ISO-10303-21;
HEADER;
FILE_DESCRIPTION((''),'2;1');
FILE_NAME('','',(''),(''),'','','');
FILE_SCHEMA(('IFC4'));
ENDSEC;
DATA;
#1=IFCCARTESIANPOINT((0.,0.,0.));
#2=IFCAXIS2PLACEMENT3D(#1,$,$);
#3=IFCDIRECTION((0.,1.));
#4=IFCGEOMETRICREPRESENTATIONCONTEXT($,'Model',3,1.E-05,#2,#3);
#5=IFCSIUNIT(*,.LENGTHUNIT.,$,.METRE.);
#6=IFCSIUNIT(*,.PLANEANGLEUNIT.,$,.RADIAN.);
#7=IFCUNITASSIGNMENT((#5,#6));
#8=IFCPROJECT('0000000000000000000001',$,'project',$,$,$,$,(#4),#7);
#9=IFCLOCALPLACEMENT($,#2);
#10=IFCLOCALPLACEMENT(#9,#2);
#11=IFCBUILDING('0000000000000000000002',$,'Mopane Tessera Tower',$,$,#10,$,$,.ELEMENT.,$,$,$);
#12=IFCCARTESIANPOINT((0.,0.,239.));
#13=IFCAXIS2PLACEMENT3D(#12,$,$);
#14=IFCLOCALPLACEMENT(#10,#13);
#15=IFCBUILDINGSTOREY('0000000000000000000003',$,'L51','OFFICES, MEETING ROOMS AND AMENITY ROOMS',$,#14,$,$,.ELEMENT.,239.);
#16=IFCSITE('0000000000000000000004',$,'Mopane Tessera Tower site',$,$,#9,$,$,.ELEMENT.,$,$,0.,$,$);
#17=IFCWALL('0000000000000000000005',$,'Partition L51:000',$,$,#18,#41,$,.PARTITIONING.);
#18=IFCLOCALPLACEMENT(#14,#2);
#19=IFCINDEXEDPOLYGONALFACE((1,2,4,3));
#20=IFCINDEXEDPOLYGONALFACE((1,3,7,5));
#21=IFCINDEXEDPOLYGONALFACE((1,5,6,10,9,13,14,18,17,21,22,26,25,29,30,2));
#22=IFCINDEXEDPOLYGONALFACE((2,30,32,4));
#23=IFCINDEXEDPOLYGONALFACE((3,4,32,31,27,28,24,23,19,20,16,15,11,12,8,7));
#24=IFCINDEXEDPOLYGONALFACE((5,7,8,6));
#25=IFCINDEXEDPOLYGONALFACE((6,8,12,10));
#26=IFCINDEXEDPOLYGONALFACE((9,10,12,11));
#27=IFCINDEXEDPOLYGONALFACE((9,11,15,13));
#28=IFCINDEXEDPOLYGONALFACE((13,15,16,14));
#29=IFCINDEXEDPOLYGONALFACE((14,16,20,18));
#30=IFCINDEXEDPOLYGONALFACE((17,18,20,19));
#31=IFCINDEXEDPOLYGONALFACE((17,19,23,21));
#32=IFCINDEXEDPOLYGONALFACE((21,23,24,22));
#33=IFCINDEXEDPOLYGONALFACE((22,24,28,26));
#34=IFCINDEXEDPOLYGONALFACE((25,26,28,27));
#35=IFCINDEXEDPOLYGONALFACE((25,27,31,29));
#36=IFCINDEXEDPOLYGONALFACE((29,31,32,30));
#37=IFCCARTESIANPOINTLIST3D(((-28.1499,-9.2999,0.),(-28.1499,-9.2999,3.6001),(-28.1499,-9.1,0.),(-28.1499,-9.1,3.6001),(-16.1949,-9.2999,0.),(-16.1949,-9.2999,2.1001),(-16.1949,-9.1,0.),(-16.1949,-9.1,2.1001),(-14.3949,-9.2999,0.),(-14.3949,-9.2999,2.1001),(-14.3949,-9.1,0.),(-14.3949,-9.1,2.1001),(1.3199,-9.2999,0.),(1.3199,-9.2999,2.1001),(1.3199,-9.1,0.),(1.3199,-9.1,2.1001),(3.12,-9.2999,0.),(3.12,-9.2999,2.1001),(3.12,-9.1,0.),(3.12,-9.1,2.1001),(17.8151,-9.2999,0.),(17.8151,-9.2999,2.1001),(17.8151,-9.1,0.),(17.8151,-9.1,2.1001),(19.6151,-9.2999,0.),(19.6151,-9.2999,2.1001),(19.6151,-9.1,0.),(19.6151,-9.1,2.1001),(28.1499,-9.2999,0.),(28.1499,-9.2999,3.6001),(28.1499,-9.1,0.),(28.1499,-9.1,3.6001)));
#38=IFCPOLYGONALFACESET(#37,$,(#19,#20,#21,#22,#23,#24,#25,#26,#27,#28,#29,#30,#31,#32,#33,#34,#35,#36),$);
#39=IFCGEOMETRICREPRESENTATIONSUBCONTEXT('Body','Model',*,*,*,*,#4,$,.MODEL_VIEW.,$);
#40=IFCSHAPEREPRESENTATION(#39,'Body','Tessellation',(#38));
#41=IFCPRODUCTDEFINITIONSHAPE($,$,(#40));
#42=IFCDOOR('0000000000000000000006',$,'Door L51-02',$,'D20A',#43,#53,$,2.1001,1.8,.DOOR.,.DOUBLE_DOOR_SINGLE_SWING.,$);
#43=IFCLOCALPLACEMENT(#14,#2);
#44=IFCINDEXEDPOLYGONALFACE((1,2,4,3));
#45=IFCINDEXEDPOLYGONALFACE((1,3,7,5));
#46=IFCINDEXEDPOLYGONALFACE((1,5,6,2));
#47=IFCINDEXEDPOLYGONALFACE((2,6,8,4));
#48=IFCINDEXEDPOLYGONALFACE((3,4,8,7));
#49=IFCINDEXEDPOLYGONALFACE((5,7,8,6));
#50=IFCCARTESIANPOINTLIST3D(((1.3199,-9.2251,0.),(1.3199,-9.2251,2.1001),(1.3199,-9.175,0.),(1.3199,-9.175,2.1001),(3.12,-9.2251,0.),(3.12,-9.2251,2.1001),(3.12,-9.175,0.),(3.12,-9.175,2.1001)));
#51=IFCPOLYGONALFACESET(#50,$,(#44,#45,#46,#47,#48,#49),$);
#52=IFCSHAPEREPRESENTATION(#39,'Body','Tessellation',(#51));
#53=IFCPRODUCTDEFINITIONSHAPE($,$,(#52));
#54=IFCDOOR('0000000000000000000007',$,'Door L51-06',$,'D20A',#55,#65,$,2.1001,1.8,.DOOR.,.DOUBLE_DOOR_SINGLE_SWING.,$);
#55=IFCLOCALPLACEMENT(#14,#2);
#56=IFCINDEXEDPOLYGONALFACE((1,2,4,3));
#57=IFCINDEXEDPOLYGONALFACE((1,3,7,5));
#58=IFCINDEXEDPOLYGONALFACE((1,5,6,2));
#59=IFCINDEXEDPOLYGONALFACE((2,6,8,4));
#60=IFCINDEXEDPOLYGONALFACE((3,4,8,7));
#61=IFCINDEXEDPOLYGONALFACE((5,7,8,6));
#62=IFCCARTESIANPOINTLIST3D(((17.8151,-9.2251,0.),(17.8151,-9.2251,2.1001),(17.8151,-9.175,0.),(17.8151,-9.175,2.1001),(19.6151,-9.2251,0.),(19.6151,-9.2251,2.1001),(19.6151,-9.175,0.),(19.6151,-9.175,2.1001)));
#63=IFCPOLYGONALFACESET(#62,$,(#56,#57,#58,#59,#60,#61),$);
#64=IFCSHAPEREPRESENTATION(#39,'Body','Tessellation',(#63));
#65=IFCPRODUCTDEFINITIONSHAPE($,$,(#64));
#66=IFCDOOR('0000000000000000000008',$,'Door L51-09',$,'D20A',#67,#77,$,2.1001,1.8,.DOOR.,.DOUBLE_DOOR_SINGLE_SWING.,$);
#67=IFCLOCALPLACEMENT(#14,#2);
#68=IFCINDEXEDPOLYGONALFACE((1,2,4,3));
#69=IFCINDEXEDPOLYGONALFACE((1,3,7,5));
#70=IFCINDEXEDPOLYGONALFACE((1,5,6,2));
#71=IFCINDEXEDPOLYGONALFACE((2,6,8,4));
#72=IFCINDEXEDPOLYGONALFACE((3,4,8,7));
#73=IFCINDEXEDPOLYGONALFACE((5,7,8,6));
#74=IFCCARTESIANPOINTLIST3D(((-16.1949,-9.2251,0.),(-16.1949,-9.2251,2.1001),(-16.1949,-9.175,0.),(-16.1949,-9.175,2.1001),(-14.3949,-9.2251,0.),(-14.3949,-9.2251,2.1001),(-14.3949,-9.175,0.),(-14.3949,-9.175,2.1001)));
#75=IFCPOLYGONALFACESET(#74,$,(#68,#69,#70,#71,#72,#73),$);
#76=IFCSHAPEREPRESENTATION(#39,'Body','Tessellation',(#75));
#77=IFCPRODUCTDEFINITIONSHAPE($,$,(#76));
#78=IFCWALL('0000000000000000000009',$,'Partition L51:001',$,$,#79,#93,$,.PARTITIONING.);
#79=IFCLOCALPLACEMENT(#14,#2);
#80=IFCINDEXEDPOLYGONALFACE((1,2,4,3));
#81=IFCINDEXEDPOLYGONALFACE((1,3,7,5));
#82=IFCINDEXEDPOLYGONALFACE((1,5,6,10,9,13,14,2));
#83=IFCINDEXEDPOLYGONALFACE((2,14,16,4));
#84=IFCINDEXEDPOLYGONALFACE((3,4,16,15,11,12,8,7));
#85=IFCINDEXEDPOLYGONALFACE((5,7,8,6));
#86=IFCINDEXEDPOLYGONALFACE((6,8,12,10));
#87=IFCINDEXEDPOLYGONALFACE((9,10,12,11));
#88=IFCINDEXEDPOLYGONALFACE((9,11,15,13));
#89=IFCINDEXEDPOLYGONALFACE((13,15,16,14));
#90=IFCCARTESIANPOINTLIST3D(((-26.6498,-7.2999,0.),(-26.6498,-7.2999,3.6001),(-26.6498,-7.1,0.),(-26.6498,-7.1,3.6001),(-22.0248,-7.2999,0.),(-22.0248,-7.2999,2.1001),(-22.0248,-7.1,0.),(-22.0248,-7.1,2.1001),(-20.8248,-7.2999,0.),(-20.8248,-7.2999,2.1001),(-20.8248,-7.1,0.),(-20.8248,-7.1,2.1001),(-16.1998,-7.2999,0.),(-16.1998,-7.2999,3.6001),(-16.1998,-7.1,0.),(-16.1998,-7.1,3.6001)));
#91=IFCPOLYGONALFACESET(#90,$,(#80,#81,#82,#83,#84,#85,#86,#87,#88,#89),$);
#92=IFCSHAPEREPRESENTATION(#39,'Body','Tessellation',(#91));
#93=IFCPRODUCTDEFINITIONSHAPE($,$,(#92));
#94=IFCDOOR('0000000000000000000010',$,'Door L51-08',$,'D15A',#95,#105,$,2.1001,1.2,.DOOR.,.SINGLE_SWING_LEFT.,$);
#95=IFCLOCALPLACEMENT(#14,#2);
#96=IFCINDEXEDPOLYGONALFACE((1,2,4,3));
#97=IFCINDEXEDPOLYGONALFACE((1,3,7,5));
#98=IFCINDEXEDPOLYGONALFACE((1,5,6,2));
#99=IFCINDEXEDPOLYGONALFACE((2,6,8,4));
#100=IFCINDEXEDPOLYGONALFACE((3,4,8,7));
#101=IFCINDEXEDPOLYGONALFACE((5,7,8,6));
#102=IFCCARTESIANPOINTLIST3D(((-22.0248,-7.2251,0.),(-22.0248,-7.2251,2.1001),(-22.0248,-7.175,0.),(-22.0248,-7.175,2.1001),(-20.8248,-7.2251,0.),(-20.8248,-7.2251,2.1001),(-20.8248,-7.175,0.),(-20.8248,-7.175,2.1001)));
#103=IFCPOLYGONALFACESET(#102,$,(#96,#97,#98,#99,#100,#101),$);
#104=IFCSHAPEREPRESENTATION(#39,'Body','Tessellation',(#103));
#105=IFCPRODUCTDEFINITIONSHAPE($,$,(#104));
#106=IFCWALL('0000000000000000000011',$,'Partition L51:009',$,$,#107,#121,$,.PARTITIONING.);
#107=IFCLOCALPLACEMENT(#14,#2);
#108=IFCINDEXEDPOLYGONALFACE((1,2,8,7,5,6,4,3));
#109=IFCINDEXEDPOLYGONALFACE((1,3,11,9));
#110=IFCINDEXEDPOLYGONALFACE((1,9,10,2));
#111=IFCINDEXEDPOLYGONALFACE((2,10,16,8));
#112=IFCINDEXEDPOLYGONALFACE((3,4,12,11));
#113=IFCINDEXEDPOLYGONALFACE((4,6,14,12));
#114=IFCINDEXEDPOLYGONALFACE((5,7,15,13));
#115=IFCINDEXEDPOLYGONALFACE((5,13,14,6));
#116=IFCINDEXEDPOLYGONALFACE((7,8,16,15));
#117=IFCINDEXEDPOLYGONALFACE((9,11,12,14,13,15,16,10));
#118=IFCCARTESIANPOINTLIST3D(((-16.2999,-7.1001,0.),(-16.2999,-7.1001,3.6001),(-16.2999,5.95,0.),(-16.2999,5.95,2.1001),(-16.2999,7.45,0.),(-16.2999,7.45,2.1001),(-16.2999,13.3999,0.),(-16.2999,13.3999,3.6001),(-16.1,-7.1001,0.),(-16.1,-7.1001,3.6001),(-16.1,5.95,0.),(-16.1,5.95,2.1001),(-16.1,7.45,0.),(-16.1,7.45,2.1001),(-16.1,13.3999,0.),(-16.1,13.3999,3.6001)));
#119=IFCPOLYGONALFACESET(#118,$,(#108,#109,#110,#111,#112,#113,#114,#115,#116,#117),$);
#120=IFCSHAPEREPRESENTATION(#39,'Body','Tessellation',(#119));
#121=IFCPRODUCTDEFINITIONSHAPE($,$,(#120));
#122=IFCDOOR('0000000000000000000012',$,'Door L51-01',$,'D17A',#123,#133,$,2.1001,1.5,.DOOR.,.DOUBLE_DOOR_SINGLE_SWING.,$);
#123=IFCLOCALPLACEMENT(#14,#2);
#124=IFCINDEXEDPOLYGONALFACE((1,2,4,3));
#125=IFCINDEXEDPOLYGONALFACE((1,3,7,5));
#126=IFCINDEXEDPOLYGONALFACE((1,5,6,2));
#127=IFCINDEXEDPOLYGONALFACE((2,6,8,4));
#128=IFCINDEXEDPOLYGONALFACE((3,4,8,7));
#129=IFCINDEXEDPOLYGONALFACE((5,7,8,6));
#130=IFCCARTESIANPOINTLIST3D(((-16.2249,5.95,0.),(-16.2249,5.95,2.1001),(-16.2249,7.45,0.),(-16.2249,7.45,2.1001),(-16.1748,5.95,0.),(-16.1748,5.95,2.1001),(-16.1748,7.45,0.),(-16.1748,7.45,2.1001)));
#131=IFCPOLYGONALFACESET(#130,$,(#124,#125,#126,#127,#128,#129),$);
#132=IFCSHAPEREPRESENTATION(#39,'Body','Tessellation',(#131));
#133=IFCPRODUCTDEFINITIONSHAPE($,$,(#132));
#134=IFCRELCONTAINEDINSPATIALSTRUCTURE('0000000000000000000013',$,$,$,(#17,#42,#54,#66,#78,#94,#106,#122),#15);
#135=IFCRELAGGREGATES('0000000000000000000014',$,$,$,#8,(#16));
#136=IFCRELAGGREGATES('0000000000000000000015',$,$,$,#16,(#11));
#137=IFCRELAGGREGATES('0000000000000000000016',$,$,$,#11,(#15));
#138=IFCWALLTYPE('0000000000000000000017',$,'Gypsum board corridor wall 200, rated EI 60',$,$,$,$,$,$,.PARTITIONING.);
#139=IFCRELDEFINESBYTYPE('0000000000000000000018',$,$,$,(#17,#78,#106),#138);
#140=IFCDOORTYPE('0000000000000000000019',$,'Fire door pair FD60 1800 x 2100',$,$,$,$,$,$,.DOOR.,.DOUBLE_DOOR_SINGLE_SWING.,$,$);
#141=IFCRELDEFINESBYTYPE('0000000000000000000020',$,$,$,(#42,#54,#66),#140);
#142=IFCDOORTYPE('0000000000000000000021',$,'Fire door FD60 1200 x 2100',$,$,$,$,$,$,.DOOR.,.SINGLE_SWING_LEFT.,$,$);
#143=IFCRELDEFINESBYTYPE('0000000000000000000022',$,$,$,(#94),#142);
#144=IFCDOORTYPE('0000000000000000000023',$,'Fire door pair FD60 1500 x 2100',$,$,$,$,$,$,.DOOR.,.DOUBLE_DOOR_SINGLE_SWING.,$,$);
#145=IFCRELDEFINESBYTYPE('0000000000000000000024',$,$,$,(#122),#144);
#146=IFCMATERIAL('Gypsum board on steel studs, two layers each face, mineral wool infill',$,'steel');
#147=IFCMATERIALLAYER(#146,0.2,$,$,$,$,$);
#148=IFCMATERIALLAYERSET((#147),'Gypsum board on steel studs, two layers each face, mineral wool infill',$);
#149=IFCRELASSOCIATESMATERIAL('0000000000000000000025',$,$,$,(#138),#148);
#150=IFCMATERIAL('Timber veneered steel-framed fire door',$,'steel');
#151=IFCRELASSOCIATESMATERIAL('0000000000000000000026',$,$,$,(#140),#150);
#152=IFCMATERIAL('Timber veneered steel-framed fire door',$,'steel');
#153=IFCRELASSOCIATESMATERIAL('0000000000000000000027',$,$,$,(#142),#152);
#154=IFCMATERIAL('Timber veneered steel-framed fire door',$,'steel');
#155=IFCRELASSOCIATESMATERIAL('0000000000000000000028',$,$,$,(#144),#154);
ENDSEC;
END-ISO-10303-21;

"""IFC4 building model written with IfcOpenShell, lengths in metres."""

from ifc_helpers import new_model, si_unit, direction, frame, frame_2d, origin, place, context, subcontext, project, spatial, rectangle, extrude, material, layer, layer_set, type_object, element, fill, save


model = new_model("IFC4")

# Units and contexts
model_context = context("Model", 3, precision=1e-05, world=origin(), true_north=direction((0.0, 1.0)))
body_context = subcontext(model_context, "Body", "Model", "MODEL_VIEW")
ifc_project = project(units=[si_unit("LENGTHUNIT", "METRE"), si_unit("PLANEANGLEUNIT", "RADIAN")], contexts=[model_context])

# Site, building, storey
site_placement = place(None, origin())
site = spatial("IfcSite", under=ifc_project, at=site_placement, Name="Mopane Tessera Tower site", CompositionType="ELEMENT", RefElevation=0.0)
building_placement = place(site_placement, origin())
building = spatial("IfcBuilding", under=site, at=building_placement, Name="Mopane Tessera Tower", CompositionType="ELEMENT")
storey_placement = place(building_placement, frame((0.0, 0.0, 239.0)))
storey = spatial("IfcBuildingStorey", under=building, at=storey_placement, Name="L51", Description="OFFICES, MEETING ROOMS AND AMENITY ROOMS", CompositionType="ELEMENT", Elevation=239.0)

# Wall, openings, doors
ifc_material_1 = material(Name="Gypsum board on steel studs, two layers each face, mineral wool infill", Category="steel")
ifc_layer_1 = layer(ifc_material_1, 0.2)
ifc_layer_set_1 = layer_set([ifc_layer_1], Name="Gypsum board on steel studs, two layers each face, mineral wool infill")
wall_type_1 = type_object("IfcWallType", Name="Gypsum board corridor wall 200, rated EI 60", PredefinedType="PARTITIONING", material=ifc_layer_set_1)
wall_1_placement = place(storey_placement, frame((-28.1499, -9.2, 0.0), z_axis=(0.0, 0.0, 1.0), x_axis=(1.0, 0.0, 0.0)))
wall_1 = element("IfcWall", 1, at=wall_1_placement, inside=storey, type_object=wall_type_1, Name="Partition L51:000", PredefinedType="PARTITIONING", context=body_context, shape_type="SweptSolid", body=[
    extrude(rectangle(XDim=56.2998, YDim=0.2, at=frame_2d((28.1499, 0.0))), origin(), (0.0, 0.0, 1.0), 3.6001),
])
opening_1_placement = place(wall_1_placement, frame((29.47, 0.0, 0.0)))
opening_1 = element("IfcOpeningElement", 2, at=opening_1_placement, cuts=wall_1, PredefinedType="OPENING", context=body_context, shape_type="SweptSolid", body=[
    extrude(rectangle(XDim=1.8, YDim=2.1001, at=frame_2d((0.8999, 1.05))), frame((0.0, 0.1121, 0.0), z_axis=(0.0, -1.0, 0.0), x_axis=(1.0, 0.0, 0.0)), (0.0, 0.0, 1.0), 0.2239),
])
opening_2_placement = place(wall_1_placement, frame((45.9651, 0.0, 0.0)))
opening_2 = element("IfcOpeningElement", 3, at=opening_2_placement, cuts=wall_1, PredefinedType="OPENING", context=body_context, shape_type="SweptSolid", body=[
    extrude(rectangle(XDim=1.8, YDim=2.1001, at=frame_2d((0.8999, 1.05))), frame((0.0, 0.1121, 0.0), z_axis=(0.0, -1.0, 0.0), x_axis=(1.0, 0.0, 0.0)), (0.0, 0.0, 1.0), 0.2239),
])
opening_3_placement = place(wall_1_placement, frame((11.9551, 0.0, 0.0)))
opening_3 = element("IfcOpeningElement", 4, at=opening_3_placement, cuts=wall_1, PredefinedType="OPENING", context=body_context, shape_type="SweptSolid", body=[
    extrude(rectangle(XDim=1.8, YDim=2.1001, at=frame_2d((0.8999, 1.05))), frame((0.0, 0.1121, 0.0), z_axis=(0.0, -1.0, 0.0), x_axis=(1.0, 0.0, 0.0)), (0.0, 0.0, 1.0), 0.2239),
])
ifc_material_2 = material(Name="Timber veneered steel-framed fire door", Category="steel")
door_type_1 = type_object("IfcDoorType", Name="Fire door pair FD60 1800 x 2100", OperationType="DOUBLE_DOOR_SINGLE_SWING", PredefinedType="DOOR", material=ifc_material_2)
door_1_placement = place(opening_1_placement, origin())
door_1 = element("IfcDoor", 5, at=door_1_placement, inside=storey, type_object=door_type_1, Name="Door L51-02", ObjectType="D20A", OperationType="DOUBLE_DOOR_SINGLE_SWING", OverallHeight=2.1001, OverallWidth=1.8, PredefinedType="DOOR", context=body_context, shape_type="SweptSolid", body=[
    extrude(rectangle(XDim=1.8, YDim=2.1001, at=frame_2d((0.8999, 1.05))), frame((0.0, 0.0249, 0.0), z_axis=(0.0, -1.0, 0.0), x_axis=(1.0, 0.0, 0.0)), (0.0, 0.0, 1.0), 0.05),
])
fill(opening_1, door_1)
door_2_placement = place(opening_2_placement, origin())
door_2 = element("IfcDoor", 6, at=door_2_placement, inside=storey, type_object=door_type_1, Name="Door L51-06", ObjectType="D20A", OperationType="DOUBLE_DOOR_SINGLE_SWING", OverallHeight=2.1001, OverallWidth=1.8, PredefinedType="DOOR", context=body_context, shape_type="SweptSolid", body=[
    extrude(rectangle(XDim=1.8, YDim=2.1001, at=frame_2d((0.8999, 1.05))), frame((0.0, 0.0249, 0.0), z_axis=(0.0, -1.0, 0.0), x_axis=(1.0, 0.0, 0.0)), (0.0, 0.0, 1.0), 0.05),
])
fill(opening_2, door_2)
door_3_placement = place(opening_3_placement, origin())
door_3 = element("IfcDoor", 7, at=door_3_placement, inside=storey, type_object=door_type_1, Name="Door L51-09", ObjectType="D20A", OperationType="DOUBLE_DOOR_SINGLE_SWING", OverallHeight=2.1001, OverallWidth=1.8, PredefinedType="DOOR", context=body_context, shape_type="SweptSolid", body=[
    extrude(rectangle(XDim=1.8, YDim=2.1001, at=frame_2d((0.8999, 1.05))), frame((0.0, 0.0249, 0.0), z_axis=(0.0, -1.0, 0.0), x_axis=(1.0, 0.0, 0.0)), (0.0, 0.0, 1.0), 0.05),
])
fill(opening_3, door_3)

# Walls, openings, doors
wall_2_placement = place(storey_placement, frame((-26.6499, -7.2, 0.0), z_axis=(0.0, 0.0, 1.0), x_axis=(1.0, 0.0, 0.0)))
wall_2 = element("IfcWall", 8, at=wall_2_placement, inside=storey, type_object=wall_type_1, Name="Partition L51:001", PredefinedType="PARTITIONING", context=body_context, shape_type="SweptSolid", body=[
    extrude(rectangle(XDim=10.45, YDim=0.2, at=frame_2d((5.2251, 0.0))), origin(), (0.0, 0.0, 1.0), 3.6001),
])
opening_4_placement = place(wall_2_placement, frame((4.625, 0.0, 0.0)))
opening_4 = element("IfcOpeningElement", 9, at=opening_4_placement, cuts=wall_2, PredefinedType="OPENING", context=body_context, shape_type="SweptSolid", body=[
    extrude(rectangle(XDim=1.2, YDim=2.1001, at=frame_2d((0.6001, 1.05))), frame((0.0, 0.1121, 0.0), z_axis=(0.0, -1.0, 0.0), x_axis=(1.0, 0.0, 0.0)), (0.0, 0.0, 1.0), 0.2239),
])
ifc_material_3 = material(Name="Timber veneered steel-framed fire door", Category="steel")
door_type_2 = type_object("IfcDoorType", Name="Fire door FD60 1200 x 2100", OperationType="SINGLE_SWING_LEFT", PredefinedType="DOOR", material=ifc_material_3)
door_4_placement = place(opening_4_placement, origin())
door_4 = element("IfcDoor", 10, at=door_4_placement, inside=storey, type_object=door_type_2, Name="Door L51-08", ObjectType="D15A", OperationType="SINGLE_SWING_LEFT", OverallHeight=2.1001, OverallWidth=1.2, PredefinedType="DOOR", context=body_context, shape_type="SweptSolid", body=[
    extrude(rectangle(XDim=1.2, YDim=2.1001, at=frame_2d((0.6001, 1.05))), frame((0.0, 0.0249, 0.0), z_axis=(0.0, -1.0, 0.0), x_axis=(1.0, 0.0, 0.0)), (0.0, 0.0, 1.0), 0.05),
])
fill(opening_4, door_4)
wall_3_placement = place(storey_placement, frame((-16.2, -7.1001, 0.0), z_axis=(0.0, 0.0, 1.0), x_axis=(0.0, 1.0, 0.0)))
wall_3 = element("IfcWall", 11, at=wall_3_placement, inside=storey, type_object=wall_type_1, Name="Partition L51:009", PredefinedType="PARTITIONING", context=body_context, shape_type="SweptSolid", body=[
    extrude(rectangle(XDim=20.5, YDim=0.2, at=frame_2d((10.25, 0.0))), origin(), (0.0, 0.0, 1.0), 3.6001),
])
opening_5_placement = place(wall_3_placement, frame((13.05, 0.0, 0.0)))
opening_5 = element("IfcOpeningElement", 12, at=opening_5_placement, cuts=wall_3, PredefinedType="OPENING", context=body_context, shape_type="SweptSolid", body=[
    extrude(rectangle(XDim=1.5, YDim=2.1001, at=frame_2d((0.75, 1.05))), frame((0.0, 0.1121, 0.0), z_axis=(0.0, -1.0, 0.0), x_axis=(1.0, 0.0, 0.0)), (0.0, 0.0, 1.0), 0.2239),
])
ifc_material_4 = material(Name="Timber veneered steel-framed fire door", Category="steel")
door_type_3 = type_object("IfcDoorType", Name="Fire door pair FD60 1500 x 2100", OperationType="DOUBLE_DOOR_SINGLE_SWING", PredefinedType="DOOR", material=ifc_material_4)
door_5_placement = place(opening_5_placement, origin())
door_5 = element("IfcDoor", 13, at=door_5_placement, inside=storey, type_object=door_type_3, Name="Door L51-01", ObjectType="D17A", OperationType="DOUBLE_DOOR_SINGLE_SWING", OverallHeight=2.1001, OverallWidth=1.5, PredefinedType="DOOR", context=body_context, shape_type="SweptSolid", body=[
    extrude(rectangle(XDim=1.5, YDim=2.1001, at=frame_2d((0.75, 1.05))), frame((0.0, 0.0249, 0.0), z_axis=(0.0, -1.0, 0.0), x_axis=(1.0, 0.0, 0.0)), (0.0, 0.0, 1.0), 0.05),
])
fill(opening_5, door_5)

save(model, "model.ifc")
